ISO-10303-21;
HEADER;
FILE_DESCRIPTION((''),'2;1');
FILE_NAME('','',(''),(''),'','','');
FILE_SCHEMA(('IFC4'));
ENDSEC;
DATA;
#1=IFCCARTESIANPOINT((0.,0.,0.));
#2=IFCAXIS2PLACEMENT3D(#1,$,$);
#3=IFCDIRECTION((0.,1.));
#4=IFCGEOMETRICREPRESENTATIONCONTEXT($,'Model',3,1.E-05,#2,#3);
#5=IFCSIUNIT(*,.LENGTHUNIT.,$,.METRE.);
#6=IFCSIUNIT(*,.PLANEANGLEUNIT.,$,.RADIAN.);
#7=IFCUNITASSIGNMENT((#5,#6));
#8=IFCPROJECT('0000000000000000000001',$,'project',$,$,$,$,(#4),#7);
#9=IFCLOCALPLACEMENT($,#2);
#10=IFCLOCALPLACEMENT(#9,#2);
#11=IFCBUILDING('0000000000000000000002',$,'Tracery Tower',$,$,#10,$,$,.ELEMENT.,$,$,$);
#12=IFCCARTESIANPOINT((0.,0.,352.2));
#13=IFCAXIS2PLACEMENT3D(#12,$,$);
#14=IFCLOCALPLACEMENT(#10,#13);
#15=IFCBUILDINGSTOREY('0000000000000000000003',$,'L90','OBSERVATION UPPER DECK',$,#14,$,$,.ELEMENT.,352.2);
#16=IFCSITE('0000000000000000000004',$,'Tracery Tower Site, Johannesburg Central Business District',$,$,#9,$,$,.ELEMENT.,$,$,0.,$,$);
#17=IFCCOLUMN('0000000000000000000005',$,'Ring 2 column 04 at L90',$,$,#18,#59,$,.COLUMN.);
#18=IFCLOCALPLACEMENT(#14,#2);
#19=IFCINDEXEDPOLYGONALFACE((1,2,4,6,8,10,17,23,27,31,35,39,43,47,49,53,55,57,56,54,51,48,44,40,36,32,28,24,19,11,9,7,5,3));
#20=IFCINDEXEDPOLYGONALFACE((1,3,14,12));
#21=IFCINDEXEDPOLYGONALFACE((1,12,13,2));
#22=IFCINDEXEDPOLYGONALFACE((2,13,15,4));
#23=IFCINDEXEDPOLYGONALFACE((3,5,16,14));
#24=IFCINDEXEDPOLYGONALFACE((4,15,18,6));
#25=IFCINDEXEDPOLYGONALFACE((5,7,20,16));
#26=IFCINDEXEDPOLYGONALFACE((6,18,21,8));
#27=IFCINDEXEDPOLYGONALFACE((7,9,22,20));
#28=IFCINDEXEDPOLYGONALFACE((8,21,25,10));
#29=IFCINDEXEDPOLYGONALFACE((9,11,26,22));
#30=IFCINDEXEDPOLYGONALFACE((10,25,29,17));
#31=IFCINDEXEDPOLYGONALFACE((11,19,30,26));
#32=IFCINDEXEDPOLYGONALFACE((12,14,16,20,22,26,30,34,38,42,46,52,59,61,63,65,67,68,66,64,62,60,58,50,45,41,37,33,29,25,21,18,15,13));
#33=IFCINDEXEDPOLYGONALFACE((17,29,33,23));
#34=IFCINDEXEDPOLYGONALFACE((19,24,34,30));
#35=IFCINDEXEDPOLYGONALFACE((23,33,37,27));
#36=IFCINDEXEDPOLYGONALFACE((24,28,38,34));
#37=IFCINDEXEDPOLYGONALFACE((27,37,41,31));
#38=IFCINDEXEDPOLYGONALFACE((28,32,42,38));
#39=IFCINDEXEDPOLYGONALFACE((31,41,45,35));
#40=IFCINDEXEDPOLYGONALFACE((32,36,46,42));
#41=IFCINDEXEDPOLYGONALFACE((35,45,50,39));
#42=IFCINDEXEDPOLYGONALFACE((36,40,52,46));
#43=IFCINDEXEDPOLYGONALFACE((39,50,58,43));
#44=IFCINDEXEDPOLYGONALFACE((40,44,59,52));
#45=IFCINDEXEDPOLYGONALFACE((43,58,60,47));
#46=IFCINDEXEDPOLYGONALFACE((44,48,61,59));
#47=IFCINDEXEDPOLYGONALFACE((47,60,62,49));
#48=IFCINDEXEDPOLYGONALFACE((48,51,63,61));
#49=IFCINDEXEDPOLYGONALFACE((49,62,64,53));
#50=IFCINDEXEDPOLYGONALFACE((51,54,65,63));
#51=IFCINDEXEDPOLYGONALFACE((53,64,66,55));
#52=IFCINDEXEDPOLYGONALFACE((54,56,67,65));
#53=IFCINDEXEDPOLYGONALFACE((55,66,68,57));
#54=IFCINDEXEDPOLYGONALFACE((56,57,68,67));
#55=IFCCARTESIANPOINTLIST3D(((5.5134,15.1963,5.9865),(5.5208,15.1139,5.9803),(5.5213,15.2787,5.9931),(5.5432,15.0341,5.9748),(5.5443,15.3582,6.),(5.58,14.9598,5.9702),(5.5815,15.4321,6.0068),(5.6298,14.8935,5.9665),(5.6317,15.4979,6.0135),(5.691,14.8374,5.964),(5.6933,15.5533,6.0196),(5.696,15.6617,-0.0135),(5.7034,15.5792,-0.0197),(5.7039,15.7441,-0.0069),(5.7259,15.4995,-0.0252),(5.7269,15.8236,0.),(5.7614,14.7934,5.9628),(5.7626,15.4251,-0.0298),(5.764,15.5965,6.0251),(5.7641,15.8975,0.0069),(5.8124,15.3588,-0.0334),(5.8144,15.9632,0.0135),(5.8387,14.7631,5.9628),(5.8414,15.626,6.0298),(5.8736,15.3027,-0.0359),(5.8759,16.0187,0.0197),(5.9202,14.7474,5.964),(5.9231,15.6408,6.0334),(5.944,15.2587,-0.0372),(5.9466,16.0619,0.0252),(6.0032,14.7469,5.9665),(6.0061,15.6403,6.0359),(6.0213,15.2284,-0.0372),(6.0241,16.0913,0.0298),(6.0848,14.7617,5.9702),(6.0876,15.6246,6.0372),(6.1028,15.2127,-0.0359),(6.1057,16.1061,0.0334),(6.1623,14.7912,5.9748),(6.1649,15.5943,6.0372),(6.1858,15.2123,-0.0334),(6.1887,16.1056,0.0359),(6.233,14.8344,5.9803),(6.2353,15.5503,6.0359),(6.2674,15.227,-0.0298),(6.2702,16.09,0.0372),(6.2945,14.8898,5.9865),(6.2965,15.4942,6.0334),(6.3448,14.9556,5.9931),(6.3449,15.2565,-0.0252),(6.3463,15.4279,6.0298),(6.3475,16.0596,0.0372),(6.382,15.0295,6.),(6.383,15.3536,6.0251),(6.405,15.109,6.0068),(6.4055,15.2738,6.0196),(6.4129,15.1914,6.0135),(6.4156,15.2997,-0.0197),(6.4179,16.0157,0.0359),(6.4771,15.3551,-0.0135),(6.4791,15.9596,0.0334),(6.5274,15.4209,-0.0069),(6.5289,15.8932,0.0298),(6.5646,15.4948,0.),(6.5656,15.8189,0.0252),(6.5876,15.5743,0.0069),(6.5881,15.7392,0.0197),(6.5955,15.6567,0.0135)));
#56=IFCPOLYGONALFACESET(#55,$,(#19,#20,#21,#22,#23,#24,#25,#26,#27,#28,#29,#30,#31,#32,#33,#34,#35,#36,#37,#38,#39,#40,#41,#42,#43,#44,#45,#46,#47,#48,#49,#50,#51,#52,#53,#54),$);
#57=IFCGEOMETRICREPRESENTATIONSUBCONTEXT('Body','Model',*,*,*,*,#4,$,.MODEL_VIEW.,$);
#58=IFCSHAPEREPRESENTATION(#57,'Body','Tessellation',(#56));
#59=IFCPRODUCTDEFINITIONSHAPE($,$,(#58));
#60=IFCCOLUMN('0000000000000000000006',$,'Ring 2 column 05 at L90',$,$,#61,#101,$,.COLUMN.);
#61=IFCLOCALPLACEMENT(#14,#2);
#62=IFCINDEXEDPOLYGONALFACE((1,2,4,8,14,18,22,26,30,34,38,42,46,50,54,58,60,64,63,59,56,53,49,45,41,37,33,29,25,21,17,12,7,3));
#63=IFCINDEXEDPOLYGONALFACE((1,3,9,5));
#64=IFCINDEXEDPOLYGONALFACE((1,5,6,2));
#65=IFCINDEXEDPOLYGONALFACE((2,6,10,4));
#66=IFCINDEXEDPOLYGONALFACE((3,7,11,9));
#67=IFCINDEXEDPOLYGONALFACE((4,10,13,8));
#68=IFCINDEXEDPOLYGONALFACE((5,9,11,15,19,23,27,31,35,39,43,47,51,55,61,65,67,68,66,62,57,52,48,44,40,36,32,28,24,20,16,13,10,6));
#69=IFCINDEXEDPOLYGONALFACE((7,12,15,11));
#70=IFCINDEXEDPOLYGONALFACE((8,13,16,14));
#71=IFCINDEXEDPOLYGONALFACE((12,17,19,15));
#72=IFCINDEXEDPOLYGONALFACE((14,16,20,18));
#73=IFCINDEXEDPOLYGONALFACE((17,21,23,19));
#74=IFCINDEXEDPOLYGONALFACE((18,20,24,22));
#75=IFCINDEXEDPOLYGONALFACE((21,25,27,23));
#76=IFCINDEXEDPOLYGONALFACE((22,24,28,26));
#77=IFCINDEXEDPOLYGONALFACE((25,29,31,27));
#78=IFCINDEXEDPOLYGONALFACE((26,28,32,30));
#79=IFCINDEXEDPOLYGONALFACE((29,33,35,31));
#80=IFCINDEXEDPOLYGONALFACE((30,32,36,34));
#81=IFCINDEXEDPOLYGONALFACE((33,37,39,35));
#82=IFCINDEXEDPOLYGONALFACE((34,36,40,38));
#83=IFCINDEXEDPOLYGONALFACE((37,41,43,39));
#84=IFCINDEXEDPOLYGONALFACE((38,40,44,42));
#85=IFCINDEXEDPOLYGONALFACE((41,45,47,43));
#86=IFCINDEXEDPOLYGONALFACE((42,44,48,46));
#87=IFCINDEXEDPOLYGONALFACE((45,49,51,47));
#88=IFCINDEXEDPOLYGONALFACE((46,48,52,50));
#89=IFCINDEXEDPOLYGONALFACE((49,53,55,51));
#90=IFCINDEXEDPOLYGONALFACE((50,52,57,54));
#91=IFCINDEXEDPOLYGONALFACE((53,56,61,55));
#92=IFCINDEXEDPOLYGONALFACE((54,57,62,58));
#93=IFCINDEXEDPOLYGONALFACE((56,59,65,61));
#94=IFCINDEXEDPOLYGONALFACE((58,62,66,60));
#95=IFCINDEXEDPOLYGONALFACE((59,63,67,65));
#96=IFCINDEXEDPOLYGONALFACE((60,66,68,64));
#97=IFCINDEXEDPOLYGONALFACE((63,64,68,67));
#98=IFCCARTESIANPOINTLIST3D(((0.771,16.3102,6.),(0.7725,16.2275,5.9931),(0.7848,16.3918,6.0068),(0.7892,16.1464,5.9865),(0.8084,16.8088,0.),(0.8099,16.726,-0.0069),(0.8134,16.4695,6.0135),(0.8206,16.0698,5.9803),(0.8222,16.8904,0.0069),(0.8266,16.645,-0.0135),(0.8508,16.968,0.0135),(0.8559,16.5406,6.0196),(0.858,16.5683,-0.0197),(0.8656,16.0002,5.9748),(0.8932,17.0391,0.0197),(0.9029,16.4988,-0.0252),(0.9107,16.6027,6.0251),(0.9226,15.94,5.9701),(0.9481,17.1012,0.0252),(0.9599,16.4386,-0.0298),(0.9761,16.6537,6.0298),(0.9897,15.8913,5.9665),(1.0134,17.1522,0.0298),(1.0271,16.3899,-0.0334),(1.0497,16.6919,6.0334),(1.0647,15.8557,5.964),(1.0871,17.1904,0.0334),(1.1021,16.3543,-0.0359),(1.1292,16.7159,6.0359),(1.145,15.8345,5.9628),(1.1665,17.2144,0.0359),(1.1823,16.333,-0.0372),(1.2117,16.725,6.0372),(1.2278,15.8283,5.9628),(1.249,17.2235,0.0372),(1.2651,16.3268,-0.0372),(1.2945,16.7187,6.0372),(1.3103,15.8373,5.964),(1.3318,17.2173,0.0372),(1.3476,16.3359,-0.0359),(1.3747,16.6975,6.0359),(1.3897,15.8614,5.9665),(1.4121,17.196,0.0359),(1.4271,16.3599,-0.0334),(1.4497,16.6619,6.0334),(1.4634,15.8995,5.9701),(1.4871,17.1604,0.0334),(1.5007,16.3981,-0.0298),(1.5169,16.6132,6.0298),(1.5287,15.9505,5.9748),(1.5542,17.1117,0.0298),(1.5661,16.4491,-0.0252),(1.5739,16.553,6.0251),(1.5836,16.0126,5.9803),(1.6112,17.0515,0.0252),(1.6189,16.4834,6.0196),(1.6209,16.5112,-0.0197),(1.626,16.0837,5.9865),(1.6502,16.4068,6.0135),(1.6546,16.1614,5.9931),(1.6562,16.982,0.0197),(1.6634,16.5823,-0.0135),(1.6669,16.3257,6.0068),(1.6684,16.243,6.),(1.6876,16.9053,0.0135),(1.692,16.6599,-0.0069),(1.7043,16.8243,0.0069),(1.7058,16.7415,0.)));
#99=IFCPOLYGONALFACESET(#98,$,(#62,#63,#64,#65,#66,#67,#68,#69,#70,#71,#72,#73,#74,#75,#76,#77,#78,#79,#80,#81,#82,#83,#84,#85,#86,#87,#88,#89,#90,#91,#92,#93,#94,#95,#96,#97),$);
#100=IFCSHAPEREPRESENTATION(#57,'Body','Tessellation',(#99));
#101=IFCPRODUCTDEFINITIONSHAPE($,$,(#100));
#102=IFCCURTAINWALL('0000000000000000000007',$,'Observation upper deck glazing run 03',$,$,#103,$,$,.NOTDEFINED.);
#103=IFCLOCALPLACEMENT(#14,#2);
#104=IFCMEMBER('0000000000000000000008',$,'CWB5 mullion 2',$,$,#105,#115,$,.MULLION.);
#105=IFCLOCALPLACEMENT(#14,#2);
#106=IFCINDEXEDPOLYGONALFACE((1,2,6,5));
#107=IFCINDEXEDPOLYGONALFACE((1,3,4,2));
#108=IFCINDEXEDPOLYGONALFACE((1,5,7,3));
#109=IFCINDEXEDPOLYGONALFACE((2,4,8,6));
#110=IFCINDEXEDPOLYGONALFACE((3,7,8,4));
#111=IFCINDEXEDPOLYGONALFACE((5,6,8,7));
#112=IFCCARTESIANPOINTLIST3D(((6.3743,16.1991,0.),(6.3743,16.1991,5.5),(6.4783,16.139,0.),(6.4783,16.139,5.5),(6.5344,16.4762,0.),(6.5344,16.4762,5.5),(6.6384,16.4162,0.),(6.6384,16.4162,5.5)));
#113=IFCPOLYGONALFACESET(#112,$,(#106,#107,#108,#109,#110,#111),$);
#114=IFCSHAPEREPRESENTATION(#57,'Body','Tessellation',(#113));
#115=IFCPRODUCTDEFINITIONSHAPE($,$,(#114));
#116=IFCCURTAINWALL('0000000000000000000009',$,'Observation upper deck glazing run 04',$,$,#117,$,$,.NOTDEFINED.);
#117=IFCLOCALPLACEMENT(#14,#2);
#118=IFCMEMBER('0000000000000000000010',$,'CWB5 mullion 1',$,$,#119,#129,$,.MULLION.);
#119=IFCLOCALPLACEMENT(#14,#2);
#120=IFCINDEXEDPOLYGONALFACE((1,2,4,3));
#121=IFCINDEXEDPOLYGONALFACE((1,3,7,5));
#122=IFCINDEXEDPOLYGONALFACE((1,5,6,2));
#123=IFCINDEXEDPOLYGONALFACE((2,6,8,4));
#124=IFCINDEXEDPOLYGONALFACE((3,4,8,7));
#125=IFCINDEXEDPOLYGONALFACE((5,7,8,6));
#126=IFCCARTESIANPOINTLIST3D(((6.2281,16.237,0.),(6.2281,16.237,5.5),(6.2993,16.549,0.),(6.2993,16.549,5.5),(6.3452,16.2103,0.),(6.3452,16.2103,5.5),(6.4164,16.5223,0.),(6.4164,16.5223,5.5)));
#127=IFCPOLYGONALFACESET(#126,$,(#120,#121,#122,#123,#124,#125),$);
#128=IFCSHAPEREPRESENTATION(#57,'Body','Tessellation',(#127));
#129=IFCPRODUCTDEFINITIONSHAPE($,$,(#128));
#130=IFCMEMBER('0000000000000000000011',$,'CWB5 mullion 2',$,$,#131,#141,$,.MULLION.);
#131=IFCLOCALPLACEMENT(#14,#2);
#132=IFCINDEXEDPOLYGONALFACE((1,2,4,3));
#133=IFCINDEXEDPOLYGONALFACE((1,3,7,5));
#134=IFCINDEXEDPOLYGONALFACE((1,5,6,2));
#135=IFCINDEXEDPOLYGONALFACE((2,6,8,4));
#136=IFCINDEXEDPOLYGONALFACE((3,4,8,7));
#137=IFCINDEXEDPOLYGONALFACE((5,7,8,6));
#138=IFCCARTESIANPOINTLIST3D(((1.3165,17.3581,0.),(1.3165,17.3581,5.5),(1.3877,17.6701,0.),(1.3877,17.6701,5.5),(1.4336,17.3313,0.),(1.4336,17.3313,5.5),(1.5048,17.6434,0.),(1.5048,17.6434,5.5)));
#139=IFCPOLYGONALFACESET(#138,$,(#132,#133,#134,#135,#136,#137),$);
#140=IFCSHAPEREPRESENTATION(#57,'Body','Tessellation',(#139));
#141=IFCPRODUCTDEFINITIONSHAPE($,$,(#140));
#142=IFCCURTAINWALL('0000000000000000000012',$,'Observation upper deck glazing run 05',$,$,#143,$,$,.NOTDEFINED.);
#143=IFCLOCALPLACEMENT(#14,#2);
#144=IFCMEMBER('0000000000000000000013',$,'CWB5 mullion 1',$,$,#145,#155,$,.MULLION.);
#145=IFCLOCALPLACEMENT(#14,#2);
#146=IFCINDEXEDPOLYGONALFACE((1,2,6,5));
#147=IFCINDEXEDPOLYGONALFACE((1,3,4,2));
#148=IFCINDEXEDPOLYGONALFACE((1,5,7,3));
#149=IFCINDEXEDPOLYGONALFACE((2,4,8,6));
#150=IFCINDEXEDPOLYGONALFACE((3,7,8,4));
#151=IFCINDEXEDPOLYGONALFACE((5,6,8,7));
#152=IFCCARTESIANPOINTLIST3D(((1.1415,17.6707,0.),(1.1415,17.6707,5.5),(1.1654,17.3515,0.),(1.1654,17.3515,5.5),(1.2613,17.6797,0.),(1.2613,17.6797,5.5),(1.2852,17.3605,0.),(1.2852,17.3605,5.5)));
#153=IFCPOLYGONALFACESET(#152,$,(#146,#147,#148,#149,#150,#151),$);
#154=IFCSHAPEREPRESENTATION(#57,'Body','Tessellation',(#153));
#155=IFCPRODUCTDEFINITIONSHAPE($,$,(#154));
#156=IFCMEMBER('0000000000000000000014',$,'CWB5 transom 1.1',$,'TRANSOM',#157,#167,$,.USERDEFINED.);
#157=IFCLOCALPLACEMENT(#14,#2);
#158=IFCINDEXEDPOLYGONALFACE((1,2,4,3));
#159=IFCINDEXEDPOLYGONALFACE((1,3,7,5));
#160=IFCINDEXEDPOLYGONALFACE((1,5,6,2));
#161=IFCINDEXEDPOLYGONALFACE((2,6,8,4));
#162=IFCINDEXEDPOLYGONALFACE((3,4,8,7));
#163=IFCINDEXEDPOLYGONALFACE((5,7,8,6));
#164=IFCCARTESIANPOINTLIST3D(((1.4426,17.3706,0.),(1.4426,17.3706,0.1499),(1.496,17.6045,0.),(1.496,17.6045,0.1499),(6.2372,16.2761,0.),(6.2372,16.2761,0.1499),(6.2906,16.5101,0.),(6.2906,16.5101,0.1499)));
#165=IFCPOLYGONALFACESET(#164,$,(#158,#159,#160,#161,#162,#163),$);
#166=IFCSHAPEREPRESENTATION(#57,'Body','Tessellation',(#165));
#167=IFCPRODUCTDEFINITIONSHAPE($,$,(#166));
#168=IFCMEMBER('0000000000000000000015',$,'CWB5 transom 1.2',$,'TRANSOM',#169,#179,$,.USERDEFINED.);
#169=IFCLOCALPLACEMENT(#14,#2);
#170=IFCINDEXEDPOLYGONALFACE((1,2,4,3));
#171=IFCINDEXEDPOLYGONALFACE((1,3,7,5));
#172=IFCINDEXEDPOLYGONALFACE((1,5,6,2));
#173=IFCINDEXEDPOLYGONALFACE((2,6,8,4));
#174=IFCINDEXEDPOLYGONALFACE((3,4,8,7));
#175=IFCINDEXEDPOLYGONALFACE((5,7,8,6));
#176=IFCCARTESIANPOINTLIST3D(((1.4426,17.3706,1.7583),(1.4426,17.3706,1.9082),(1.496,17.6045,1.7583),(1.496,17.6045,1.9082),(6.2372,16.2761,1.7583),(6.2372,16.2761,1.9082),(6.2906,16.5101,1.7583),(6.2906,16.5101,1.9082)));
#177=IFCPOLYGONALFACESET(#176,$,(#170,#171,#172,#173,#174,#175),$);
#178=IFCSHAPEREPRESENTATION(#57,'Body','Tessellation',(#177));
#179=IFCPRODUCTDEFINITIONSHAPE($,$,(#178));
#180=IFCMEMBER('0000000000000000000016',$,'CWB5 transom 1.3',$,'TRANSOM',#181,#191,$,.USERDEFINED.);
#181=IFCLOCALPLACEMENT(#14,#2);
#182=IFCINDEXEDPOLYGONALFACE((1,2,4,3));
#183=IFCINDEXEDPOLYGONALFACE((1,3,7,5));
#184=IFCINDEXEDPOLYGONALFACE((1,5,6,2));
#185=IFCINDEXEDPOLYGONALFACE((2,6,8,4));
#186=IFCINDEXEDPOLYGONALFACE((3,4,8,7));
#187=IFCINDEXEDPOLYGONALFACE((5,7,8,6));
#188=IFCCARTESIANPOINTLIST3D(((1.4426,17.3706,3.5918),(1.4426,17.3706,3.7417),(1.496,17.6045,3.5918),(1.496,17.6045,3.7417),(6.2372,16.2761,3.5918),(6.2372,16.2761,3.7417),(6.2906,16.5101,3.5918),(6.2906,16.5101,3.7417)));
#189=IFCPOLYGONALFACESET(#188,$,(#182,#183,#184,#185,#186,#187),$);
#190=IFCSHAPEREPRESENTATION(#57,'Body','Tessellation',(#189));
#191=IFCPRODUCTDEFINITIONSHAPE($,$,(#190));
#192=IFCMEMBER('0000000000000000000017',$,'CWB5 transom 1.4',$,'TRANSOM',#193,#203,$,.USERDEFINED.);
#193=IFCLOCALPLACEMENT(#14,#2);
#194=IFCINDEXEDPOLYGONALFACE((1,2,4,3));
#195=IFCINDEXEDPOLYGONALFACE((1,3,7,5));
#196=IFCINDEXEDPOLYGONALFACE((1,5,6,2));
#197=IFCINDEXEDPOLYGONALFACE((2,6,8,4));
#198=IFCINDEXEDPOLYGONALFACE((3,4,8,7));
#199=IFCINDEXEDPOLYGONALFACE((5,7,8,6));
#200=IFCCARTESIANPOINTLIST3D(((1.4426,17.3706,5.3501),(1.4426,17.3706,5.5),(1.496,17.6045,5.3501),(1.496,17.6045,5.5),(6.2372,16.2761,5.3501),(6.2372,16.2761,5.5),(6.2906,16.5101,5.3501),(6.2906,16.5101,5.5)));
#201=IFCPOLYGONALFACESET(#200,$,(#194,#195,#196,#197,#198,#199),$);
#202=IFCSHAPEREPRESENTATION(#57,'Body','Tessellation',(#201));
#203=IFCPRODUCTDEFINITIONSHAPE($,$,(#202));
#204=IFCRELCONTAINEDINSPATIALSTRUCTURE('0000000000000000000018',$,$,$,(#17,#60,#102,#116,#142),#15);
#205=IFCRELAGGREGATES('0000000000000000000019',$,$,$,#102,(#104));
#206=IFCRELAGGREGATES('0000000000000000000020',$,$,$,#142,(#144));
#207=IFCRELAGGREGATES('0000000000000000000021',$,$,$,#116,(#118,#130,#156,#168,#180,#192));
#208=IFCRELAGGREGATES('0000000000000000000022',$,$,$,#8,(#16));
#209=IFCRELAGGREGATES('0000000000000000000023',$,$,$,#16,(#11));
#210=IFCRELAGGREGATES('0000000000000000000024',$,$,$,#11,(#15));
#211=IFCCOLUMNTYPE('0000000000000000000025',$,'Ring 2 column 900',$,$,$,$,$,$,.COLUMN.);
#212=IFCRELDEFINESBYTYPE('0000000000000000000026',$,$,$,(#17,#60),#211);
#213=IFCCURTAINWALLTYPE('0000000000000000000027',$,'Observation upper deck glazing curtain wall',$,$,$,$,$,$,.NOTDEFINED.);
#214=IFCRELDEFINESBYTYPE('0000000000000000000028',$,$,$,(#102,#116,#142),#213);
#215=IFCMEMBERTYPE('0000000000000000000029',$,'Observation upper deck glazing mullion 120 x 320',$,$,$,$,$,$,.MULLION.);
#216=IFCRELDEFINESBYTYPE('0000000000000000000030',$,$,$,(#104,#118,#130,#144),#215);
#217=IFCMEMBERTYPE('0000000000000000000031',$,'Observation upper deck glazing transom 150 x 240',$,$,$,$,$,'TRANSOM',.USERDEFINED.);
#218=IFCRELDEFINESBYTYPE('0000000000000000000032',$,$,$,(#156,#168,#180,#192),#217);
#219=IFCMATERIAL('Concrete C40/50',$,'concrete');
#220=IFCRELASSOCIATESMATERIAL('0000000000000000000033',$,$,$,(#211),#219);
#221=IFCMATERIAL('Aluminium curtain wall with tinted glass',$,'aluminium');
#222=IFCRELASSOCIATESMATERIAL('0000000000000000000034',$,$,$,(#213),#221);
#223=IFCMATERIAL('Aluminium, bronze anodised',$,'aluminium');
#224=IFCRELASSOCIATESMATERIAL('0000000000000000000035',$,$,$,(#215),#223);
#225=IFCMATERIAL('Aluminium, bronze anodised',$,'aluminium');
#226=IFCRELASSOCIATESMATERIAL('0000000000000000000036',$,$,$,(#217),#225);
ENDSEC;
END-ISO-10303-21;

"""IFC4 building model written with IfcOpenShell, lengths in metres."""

from ifc_helpers import new_model, si_unit, direction, frame, origin, origin_2d, place, context, subcontext, project, spatial, rectangle, circle, extrude, material, material_profile, profile_set, type_object, element, aggregate, save


model = new_model("IFC4")

# Units and contexts
model_context = context("Model", 3, precision=1e-05, world=origin(), true_north=direction((0.0, 1.0)))
body_context = subcontext(model_context, "Body", "Model", "MODEL_VIEW")
ifc_project = project(units=[si_unit("LENGTHUNIT", "METRE"), si_unit("PLANEANGLEUNIT", "RADIAN")], contexts=[model_context])

# Site, building, storey
site_placement = place(None, origin())
site = spatial("IfcSite", under=ifc_project, at=site_placement, Name="Tracery Tower Site, Johannesburg Central Business District", CompositionType="ELEMENT", RefElevation=0.0)
building_placement = place(site_placement, origin())
building = spatial("IfcBuilding", under=site, at=building_placement, Name="Tracery Tower", CompositionType="ELEMENT")
storey_placement = place(building_placement, frame((0.0, 0.0, 352.2)))
storey = spatial("IfcBuildingStorey", under=building, at=storey_placement, Name="L90", Description="OBSERVATION UPPER DECK", CompositionType="ELEMENT", Elevation=352.2)

# Columns
ifc_material_1 = material(Name="Concrete C40/50", Category="concrete")
ifc_material_profile_1 = material_profile(ifc_material_1, circle(Radius=0.45, at=origin_2d()), Name="RC D900")
ifc_profile_set_1 = profile_set([ifc_material_profile_1], Name="Concrete C40/50")
column_type = type_object("IfcColumnType", Name="Ring 2 column 900", PredefinedType="COLUMN", material=ifc_profile_set_1)
for number, where, z_axis, x_axis, name in (
    (1, (6.1458, 15.6592, 0.0), (-0.030331, -0.077288, 0.996547), (0.930882, -0.36532, 0.0), "Ring 2 column 04 at L90"),
    (2, (1.2571, 16.7751, 0.0), (-0.006204, -0.082802, 0.996547), (0.997205, -0.074717, 0.0), "Ring 2 column 05 at L90"),
):
    element("IfcColumn", number, at=place(storey_placement, frame(where, z_axis=z_axis, x_axis=x_axis)), inside=storey, type_object=column_type, Name=name, PredefinedType="COLUMN", context=body_context, shape_type="SweptSolid", body=[
        extrude(circle(Radius=0.45, at=origin_2d()), origin(), (0.0, 0.0, 1.0), 6.0208),
    ])

# Curtain wall, member
ifc_material_2 = material(Name="Aluminium curtain wall with tinted glass", Category="aluminium")
curtain_wall_type = type_object("IfcCurtainWallType", Name="Observation upper deck glazing curtain wall", PredefinedType="NOTDEFINED", material=ifc_material_2)
curtain_wall_1_placement = place(storey_placement, origin())
curtain_wall_1 = element("IfcCurtainWall", 3, at=curtain_wall_1_placement, inside=storey, type_object=curtain_wall_type, Name="Observation upper deck glazing run 03", PredefinedType="NOTDEFINED")
ifc_material_3 = material(Name="Aluminium, bronze anodised", Category="aluminium")
ifc_material_profile_2 = material_profile(ifc_material_3, rectangle(XDim=0.3201, YDim=0.1201, at=origin_2d()), Name="Observation upper deck glazing mullion 120 x 320")
ifc_profile_set_2 = profile_set([ifc_material_profile_2], Name="Aluminium, bronze anodised")
member_type_1 = type_object("IfcMemberType", Name="Observation upper deck glazing mullion 120 x 320", PredefinedType="MULLION", material=ifc_profile_set_2)
member_1_placement = place(storey_placement, frame((6.5063, 16.3076, 0.0), z_axis=(0.0, 0.0, 1.0), x_axis=(-0.500005, -0.866023, 0.0)))
member_1 = element("IfcMember", 4, at=member_1_placement, type_object=member_type_1, Name="CWB5 mullion 2", PredefinedType="MULLION", context=body_context, shape_type="SweptSolid", body=[
    extrude(rectangle(XDim=0.3201, YDim=0.1201, at=origin_2d()), origin(), (0.0, 0.0, 1.0), 5.5),
])
aggregate(curtain_wall_1, [member_1])

# Curtain wall, members
curtain_wall_2_placement = place(storey_placement, origin())
curtain_wall_2 = element("IfcCurtainWall", 5, at=curtain_wall_2_placement, inside=storey, type_object=curtain_wall_type, Name="Observation upper deck glazing run 04", PredefinedType="NOTDEFINED")
member_2_placement = place(storey_placement, frame((6.3223, 16.3796, 0.0), z_axis=(0.0, 0.0, 1.0), x_axis=(-0.222531, -0.974926, 0.0)))
member_2 = element("IfcMember", 6, at=member_2_placement, type_object=member_type_1, Name="CWB5 mullion 1", PredefinedType="MULLION", context=body_context, shape_type="SweptSolid", body=[
    extrude(rectangle(XDim=0.3201, YDim=0.1201, at=origin_2d()), origin(), (0.0, 0.0, 1.0), 5.5),
])
member_3_placement = place(storey_placement, frame((1.4106, 17.5007, 0.0), z_axis=(0.0, 0.0, 1.0), x_axis=(-0.222531, -0.974926, 0.0)))
member_3 = element("IfcMember", 7, at=member_3_placement, type_object=member_type_1, Name="CWB5 mullion 2", PredefinedType="MULLION", context=body_context, shape_type="SweptSolid", body=[
    extrude(rectangle(XDim=0.3201, YDim=0.1201, at=origin_2d()), origin(), (0.0, 0.0, 1.0), 5.5),
])

# Curtain wall, member
curtain_wall_3_placement = place(storey_placement, origin())
curtain_wall_3 = element("IfcCurtainWall", 8, at=curtain_wall_3_placement, inside=storey, type_object=curtain_wall_type, Name="Observation upper deck glazing run 05", PredefinedType="NOTDEFINED")
member_4_placement = place(storey_placement, frame((1.2134, 17.5156, 0.0), z_axis=(0.0, 0.0, 1.0), x_axis=(0.074738, -0.997203, 0.0)))
member_4 = element("IfcMember", 9, at=member_4_placement, type_object=member_type_1, Name="CWB5 mullion 1", PredefinedType="MULLION", context=body_context, shape_type="SweptSolid", body=[
    extrude(rectangle(XDim=0.3201, YDim=0.1201, at=origin_2d()), origin(), (0.0, 0.0, 1.0), 5.5),
])

# Members
ifc_material_4 = material(Name="Aluminium, bronze anodised", Category="aluminium")
ifc_material_profile_3 = material_profile(ifc_material_4, rectangle(XDim=0.24, YDim=0.1499, at=origin_2d()), Name="Observation upper deck glazing transom 150 x 240")
ifc_profile_set_3 = profile_set([ifc_material_profile_3], Name="Aluminium, bronze anodised")
member_type_2 = type_object("IfcMemberType", Name="Observation upper deck glazing transom 150 x 240", ElementType="TRANSOM", PredefinedType="USERDEFINED", material=ifc_profile_set_3)
member_5_placement = place(storey_placement, frame((6.2639, 16.3931, 0.075), z_axis=(-0.974922, 0.222546, 0.0), x_axis=(-0.222546, -0.974922, 0.0)))
member_5 = element("IfcMember", 10, at=member_5_placement, type_object=member_type_2, Name="CWB5 transom 1.1", ObjectType="TRANSOM", PredefinedType="USERDEFINED", context=body_context, shape_type="SweptSolid", body=[
    extrude(rectangle(XDim=0.24, YDim=0.1499, at=origin_2d()), origin(), (0.0, 0.0, 1.0), 4.918),
])
member_6_placement = place(storey_placement, frame((6.2639, 16.3931, 1.8333), z_axis=(-0.974922, 0.222546, 0.0), x_axis=(-0.222546, -0.974922, 0.0)))
member_6 = element("IfcMember", 11, at=member_6_placement, type_object=member_type_2, Name="CWB5 transom 1.2", ObjectType="TRANSOM", PredefinedType="USERDEFINED", context=body_context, shape_type="SweptSolid", body=[
    extrude(rectangle(XDim=0.24, YDim=0.1499, at=origin_2d()), origin(), (0.0, 0.0, 1.0), 4.918),
])
member_7_placement = place(storey_placement, frame((6.2639, 16.3931, 3.6667), z_axis=(-0.974922, 0.222546, 0.0), x_axis=(-0.222546, -0.974922, 0.0)))
member_7 = element("IfcMember", 12, at=member_7_placement, type_object=member_type_2, Name="CWB5 transom 1.3", ObjectType="TRANSOM", PredefinedType="USERDEFINED", context=body_context, shape_type="SweptSolid", body=[
    extrude(rectangle(XDim=0.24, YDim=0.1499, at=origin_2d()), origin(), (0.0, 0.0, 1.0), 4.918),
])
member_8_placement = place(storey_placement, frame((6.2639, 16.3931, 5.425), z_axis=(-0.974922, 0.222546, 0.0), x_axis=(-0.222546, -0.974922, 0.0)))
member_8 = element("IfcMember", 13, at=member_8_placement, type_object=member_type_2, Name="CWB5 transom 1.4", ObjectType="TRANSOM", PredefinedType="USERDEFINED", context=body_context, shape_type="SweptSolid", body=[
    extrude(rectangle(XDim=0.24, YDim=0.1499, at=origin_2d()), origin(), (0.0, 0.0, 1.0), 4.918),
])
aggregate(curtain_wall_3, [member_4])

aggregate(curtain_wall_2, [member_2, member_3, member_5, member_6, member_7, member_8])

save(model, "model.ifc")
